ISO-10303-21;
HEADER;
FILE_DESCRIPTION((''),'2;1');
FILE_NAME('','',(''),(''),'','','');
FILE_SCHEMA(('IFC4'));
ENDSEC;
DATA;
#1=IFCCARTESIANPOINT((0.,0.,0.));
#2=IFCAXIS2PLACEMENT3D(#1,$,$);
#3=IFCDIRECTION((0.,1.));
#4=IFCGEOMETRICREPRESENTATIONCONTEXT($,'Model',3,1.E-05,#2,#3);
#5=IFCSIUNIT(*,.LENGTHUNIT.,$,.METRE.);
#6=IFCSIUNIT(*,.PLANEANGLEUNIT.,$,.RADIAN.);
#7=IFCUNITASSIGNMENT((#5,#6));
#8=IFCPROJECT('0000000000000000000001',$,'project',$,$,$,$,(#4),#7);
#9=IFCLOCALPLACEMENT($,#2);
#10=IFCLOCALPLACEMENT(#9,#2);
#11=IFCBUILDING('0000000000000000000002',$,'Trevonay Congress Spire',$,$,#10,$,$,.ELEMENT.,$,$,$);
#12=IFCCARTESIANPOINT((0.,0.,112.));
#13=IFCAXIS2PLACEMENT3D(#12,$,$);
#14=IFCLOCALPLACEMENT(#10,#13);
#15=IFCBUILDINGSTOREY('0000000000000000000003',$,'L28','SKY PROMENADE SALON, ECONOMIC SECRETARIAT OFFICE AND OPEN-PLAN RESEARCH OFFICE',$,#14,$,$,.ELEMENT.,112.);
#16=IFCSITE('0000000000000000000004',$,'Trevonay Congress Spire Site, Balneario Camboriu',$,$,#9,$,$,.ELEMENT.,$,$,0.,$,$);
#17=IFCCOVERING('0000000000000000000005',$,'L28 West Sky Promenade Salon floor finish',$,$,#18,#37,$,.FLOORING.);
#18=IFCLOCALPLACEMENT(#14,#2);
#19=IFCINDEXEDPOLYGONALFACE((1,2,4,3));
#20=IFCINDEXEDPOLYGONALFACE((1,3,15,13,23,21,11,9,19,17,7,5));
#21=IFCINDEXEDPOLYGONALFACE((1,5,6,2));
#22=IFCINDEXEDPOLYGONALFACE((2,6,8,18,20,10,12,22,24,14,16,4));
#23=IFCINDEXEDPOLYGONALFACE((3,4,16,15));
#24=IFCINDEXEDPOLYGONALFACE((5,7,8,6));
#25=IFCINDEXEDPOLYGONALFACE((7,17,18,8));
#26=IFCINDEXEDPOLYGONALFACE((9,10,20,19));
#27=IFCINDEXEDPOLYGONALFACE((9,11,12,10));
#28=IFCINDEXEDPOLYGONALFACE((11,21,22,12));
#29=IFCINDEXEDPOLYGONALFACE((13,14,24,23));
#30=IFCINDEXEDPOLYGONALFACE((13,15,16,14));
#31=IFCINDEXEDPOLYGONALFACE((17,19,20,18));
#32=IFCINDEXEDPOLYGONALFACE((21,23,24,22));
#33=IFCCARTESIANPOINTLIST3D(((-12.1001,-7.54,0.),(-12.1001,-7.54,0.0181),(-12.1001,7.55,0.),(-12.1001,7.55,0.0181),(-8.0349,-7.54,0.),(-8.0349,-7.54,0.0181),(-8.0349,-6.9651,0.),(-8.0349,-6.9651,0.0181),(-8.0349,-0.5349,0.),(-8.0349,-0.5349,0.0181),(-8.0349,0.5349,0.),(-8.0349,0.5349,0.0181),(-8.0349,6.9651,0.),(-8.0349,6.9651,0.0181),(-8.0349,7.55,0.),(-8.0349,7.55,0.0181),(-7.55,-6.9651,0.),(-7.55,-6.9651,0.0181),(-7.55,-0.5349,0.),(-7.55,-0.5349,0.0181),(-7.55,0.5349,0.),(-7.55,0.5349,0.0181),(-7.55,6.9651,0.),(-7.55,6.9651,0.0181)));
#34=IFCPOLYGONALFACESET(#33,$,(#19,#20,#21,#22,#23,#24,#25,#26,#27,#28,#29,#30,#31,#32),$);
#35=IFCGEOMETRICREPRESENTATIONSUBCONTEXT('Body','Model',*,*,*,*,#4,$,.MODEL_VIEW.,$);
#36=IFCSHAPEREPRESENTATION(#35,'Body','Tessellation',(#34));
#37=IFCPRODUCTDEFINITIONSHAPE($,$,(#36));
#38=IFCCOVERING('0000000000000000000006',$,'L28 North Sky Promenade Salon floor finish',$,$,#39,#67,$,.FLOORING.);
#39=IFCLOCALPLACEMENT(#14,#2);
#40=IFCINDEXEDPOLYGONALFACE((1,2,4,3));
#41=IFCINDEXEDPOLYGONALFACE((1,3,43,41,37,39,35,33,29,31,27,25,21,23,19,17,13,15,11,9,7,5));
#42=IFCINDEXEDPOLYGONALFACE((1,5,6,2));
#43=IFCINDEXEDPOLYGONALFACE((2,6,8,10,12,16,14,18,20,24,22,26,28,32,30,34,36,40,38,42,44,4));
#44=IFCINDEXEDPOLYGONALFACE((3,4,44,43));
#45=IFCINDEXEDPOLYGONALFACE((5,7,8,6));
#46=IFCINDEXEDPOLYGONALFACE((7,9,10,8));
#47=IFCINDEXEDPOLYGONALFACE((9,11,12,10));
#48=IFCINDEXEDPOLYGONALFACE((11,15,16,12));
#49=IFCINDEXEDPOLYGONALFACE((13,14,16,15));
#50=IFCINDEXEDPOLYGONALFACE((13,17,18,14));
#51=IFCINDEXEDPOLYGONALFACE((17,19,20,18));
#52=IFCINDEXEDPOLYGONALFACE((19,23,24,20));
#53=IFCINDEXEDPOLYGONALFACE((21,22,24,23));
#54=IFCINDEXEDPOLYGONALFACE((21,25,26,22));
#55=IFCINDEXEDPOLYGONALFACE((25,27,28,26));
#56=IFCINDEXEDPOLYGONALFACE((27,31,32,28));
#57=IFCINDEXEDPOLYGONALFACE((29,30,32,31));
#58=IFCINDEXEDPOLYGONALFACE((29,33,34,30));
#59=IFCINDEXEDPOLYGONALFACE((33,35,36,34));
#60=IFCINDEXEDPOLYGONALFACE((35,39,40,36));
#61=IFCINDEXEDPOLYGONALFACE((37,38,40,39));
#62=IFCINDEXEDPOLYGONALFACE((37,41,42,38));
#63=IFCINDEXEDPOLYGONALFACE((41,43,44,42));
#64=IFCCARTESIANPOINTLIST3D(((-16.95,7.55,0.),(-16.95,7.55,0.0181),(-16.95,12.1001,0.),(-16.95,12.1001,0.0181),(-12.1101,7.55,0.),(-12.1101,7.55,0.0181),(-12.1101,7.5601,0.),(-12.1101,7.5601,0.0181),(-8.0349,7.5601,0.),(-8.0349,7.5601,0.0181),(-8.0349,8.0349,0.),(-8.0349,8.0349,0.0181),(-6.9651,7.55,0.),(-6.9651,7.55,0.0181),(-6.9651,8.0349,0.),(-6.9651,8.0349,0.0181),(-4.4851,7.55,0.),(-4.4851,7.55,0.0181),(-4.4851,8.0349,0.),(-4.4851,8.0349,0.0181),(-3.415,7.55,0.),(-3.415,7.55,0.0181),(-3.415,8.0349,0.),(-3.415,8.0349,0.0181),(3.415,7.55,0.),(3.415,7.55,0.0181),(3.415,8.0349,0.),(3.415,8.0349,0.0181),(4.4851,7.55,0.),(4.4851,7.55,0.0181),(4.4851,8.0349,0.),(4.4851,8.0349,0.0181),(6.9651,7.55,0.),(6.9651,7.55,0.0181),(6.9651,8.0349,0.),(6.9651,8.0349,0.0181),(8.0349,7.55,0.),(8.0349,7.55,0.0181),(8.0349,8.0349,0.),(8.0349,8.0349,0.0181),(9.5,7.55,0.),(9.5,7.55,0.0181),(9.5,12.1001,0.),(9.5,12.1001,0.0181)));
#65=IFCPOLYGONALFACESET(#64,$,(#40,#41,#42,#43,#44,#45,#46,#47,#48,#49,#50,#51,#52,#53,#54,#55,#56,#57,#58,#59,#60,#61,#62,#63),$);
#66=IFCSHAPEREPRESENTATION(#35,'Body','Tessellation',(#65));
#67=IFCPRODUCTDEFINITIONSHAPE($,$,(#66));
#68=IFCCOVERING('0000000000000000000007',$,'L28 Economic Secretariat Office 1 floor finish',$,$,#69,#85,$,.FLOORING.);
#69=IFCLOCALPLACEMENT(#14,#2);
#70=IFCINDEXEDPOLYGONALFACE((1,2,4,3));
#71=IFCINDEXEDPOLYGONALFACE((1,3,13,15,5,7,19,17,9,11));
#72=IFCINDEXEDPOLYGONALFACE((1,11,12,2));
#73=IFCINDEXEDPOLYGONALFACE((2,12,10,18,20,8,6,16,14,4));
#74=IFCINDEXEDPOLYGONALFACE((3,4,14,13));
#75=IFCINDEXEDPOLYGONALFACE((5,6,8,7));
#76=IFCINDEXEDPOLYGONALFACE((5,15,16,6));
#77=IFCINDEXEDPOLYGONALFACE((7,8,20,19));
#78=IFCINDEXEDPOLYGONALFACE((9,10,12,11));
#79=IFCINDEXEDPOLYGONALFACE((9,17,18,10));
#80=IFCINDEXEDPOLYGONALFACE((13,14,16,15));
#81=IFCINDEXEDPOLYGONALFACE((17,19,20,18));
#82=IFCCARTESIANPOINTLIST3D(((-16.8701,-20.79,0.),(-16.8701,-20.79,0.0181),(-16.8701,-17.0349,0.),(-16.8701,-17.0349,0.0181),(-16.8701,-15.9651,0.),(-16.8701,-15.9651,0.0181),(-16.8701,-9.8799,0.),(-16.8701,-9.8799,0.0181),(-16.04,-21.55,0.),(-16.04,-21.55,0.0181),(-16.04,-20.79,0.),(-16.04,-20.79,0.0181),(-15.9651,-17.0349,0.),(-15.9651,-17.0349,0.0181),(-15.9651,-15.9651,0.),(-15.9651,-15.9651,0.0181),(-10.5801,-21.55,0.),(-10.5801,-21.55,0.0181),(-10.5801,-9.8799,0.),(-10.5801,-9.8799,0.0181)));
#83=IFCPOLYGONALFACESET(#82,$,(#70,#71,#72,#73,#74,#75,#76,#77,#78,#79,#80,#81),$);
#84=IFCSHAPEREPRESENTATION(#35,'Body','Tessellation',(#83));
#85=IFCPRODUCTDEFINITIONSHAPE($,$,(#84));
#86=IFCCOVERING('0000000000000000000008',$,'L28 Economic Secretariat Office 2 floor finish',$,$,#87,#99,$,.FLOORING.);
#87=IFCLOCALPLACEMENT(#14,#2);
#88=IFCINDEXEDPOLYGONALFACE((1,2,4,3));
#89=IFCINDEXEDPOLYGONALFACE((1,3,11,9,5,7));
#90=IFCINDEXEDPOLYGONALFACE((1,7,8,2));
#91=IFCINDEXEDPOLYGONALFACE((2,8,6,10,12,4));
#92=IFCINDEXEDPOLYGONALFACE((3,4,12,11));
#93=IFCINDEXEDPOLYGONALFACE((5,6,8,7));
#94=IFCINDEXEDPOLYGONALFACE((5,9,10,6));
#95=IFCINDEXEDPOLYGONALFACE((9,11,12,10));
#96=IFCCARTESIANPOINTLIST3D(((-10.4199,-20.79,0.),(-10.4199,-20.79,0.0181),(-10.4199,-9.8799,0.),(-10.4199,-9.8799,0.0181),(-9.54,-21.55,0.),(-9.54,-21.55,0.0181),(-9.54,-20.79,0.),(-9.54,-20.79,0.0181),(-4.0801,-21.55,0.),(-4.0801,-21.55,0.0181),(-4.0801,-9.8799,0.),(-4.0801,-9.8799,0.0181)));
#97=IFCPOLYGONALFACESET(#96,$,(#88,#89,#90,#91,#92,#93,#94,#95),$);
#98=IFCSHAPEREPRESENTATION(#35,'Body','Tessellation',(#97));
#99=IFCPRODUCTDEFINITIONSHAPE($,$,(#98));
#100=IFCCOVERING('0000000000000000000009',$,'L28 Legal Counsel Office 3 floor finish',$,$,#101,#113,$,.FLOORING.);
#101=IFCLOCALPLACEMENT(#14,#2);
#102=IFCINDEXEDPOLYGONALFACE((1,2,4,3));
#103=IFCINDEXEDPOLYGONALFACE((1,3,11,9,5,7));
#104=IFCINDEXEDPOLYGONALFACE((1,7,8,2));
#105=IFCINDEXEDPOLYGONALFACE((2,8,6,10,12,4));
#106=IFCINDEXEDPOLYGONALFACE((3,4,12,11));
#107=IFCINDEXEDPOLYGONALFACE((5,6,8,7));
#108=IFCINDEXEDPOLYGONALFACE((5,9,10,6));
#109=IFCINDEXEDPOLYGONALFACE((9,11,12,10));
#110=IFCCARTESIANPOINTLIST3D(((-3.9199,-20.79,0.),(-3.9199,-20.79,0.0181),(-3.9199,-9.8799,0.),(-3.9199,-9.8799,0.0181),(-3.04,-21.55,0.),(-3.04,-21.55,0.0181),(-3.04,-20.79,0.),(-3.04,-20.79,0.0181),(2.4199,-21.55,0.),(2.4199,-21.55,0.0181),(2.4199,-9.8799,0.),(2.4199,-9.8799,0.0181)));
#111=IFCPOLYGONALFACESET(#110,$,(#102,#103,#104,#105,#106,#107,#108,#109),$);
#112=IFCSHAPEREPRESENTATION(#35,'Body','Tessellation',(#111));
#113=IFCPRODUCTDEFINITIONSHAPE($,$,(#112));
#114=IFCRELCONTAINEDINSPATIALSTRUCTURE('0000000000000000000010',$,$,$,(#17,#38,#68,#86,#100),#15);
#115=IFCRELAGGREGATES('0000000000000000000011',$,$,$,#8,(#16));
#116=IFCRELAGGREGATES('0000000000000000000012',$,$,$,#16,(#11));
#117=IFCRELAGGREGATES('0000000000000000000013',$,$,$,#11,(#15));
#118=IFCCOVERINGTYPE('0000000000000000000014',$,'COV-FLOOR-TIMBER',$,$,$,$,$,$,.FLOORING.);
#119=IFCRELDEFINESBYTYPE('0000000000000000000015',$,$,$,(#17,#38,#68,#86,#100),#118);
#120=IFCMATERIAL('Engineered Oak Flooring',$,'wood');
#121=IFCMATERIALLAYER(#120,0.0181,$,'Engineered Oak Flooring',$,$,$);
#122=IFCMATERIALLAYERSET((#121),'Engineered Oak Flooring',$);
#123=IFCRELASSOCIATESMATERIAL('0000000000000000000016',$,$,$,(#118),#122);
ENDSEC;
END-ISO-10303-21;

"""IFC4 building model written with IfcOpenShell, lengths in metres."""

from ifc_helpers import new_model, si_unit, direction, frame, origin, place, context, subcontext, project, spatial, polyline, outline, extrude, material, layer, layer_set, type_object, element, save


model = new_model("IFC4")

# Units and contexts
model_context = context("Model", 3, precision=1e-05, world=origin(), true_north=direction((0.0, 1.0)))
body_context = subcontext(model_context, "Body", "Model", "MODEL_VIEW")
ifc_project = project(units=[si_unit("LENGTHUNIT", "METRE"), si_unit("PLANEANGLEUNIT", "RADIAN")], contexts=[model_context])

# Site, building, storey
site_placement = place(None, origin())
site = spatial("IfcSite", under=ifc_project, at=site_placement, Name="Trevonay Congress Spire Site, Balneario Camboriu", CompositionType="ELEMENT", RefElevation=0.0)
building_placement = place(site_placement, origin())
building = spatial("IfcBuilding", under=site, at=building_placement, Name="Trevonay Congress Spire", CompositionType="ELEMENT")
storey_placement = place(building_placement, frame((0.0, 0.0, 112.0)))
storey = spatial("IfcBuildingStorey", under=building, at=storey_placement, Name="L28", Description="SKY PROMENADE SALON, ECONOMIC SECRETARIAT OFFICE AND OPEN-PLAN RESEARCH OFFICE", CompositionType="ELEMENT", Elevation=112.0)

# Coverings
ifc_material_1 = material(Name="Engineered Oak Flooring", Category="wood")
ifc_layer_1 = layer(ifc_material_1, 0.0181, Name="Engineered Oak Flooring")
ifc_layer_set_1 = layer_set([ifc_layer_1], Name="Engineered Oak Flooring")
covering_type_1 = type_object("IfcCoveringType", Name="COV-FLOOR-TIMBER", PredefinedType="FLOORING", material=ifc_layer_set_1)
covering_1_placement = place(storey_placement, origin())
element("IfcCovering", 1, at=covering_1_placement, inside=storey, type_object=covering_type_1, Name="L28 West Sky Promenade Salon floor finish", PredefinedType="FLOORING", context=body_context, shape_type="SweptSolid", body=[
    extrude(outline(polyline([(-12.1001, 7.55), (-8.0349, 7.55), (-8.0349, 6.9651), (-7.55, 6.9651), (-7.55, 0.5349), (-8.0349, 0.5349), (-8.0349, -0.5349), (-7.55, -0.5349), (-7.55, -6.9651), (-8.0349, -6.9651), (-8.0349, -7.54), (-12.1001, -7.54), (-12.1001, 7.55)])), origin(), (0.0, 0.0, 1.0), 0.0181),
])
covering_2_placement = place(storey_placement, origin())
element("IfcCovering", 2, at=covering_2_placement, inside=storey, type_object=covering_type_1, Name="L28 North Sky Promenade Salon floor finish", PredefinedType="FLOORING", context=body_context, shape_type="SweptSolid", body=[
    extrude(outline(polyline([(-16.95, 12.1001), (9.5, 12.1001), (9.5, 7.55), (8.0349, 7.55), (8.0349, 8.0349), (6.9651, 8.0349), (6.9651, 7.55), (4.4851, 7.55), (4.4851, 8.0349), (3.415, 8.0349), (3.415, 7.55), (-3.415, 7.55), (-3.415, 8.0349), (-4.4851, 8.0349), (-4.4851, 7.55), (-6.9651, 7.55), (-6.9651, 8.0349), (-8.0349, 8.0349), (-8.0349, 7.5601), (-12.1101, 7.5601), (-12.1101, 7.55), (-16.95, 7.55), (-16.95, 12.1001)])), origin(), (0.0, 0.0, 1.0), 0.0181),
])
covering_3_placement = place(storey_placement, origin())
element("IfcCovering", 3, at=covering_3_placement, inside=storey, type_object=covering_type_1, Name="L28 Economic Secretariat Office 1 floor finish", PredefinedType="FLOORING", context=body_context, shape_type="SweptSolid", body=[
    extrude(outline(polyline([(-16.8701, -9.8799), (-10.5801, -9.8799), (-10.5801, -21.55), (-16.04, -21.55), (-16.04, -20.79), (-16.8701, -20.79), (-16.8701, -17.0349), (-15.9651, -17.0349), (-15.9651, -15.9651), (-16.8701, -15.9651), (-16.8701, -9.8799)])), origin(), (0.0, 0.0, 1.0), 0.0181),
])
covering_4_placement = place(storey_placement, origin())
element("IfcCovering", 4, at=covering_4_placement, inside=storey, type_object=covering_type_1, Name="L28 Economic Secretariat Office 2 floor finish", PredefinedType="FLOORING", context=body_context, shape_type="SweptSolid", body=[
    extrude(outline(polyline([(-10.4199, -9.8799), (-4.0801, -9.8799), (-4.0801, -21.55), (-9.54, -21.55), (-9.54, -20.79), (-10.4199, -20.79), (-10.4199, -9.8799)])), origin(), (0.0, 0.0, 1.0), 0.0181),
])
covering_5_placement = place(storey_placement, origin())
element("IfcCovering", 5, at=covering_5_placement, inside=storey, type_object=covering_type_1, Name="L28 Legal Counsel Office 3 floor finish", PredefinedType="FLOORING", context=body_context, shape_type="SweptSolid", body=[
    extrude(outline(polyline([(-3.9199, -9.8799), (2.4199, -9.8799), (2.4199, -21.55), (-3.04, -21.55), (-3.04, -20.79), (-3.9199, -20.79), (-3.9199, -9.8799)])), origin(), (0.0, 0.0, 1.0), 0.0181),
])

save(model, "model.ifc")
